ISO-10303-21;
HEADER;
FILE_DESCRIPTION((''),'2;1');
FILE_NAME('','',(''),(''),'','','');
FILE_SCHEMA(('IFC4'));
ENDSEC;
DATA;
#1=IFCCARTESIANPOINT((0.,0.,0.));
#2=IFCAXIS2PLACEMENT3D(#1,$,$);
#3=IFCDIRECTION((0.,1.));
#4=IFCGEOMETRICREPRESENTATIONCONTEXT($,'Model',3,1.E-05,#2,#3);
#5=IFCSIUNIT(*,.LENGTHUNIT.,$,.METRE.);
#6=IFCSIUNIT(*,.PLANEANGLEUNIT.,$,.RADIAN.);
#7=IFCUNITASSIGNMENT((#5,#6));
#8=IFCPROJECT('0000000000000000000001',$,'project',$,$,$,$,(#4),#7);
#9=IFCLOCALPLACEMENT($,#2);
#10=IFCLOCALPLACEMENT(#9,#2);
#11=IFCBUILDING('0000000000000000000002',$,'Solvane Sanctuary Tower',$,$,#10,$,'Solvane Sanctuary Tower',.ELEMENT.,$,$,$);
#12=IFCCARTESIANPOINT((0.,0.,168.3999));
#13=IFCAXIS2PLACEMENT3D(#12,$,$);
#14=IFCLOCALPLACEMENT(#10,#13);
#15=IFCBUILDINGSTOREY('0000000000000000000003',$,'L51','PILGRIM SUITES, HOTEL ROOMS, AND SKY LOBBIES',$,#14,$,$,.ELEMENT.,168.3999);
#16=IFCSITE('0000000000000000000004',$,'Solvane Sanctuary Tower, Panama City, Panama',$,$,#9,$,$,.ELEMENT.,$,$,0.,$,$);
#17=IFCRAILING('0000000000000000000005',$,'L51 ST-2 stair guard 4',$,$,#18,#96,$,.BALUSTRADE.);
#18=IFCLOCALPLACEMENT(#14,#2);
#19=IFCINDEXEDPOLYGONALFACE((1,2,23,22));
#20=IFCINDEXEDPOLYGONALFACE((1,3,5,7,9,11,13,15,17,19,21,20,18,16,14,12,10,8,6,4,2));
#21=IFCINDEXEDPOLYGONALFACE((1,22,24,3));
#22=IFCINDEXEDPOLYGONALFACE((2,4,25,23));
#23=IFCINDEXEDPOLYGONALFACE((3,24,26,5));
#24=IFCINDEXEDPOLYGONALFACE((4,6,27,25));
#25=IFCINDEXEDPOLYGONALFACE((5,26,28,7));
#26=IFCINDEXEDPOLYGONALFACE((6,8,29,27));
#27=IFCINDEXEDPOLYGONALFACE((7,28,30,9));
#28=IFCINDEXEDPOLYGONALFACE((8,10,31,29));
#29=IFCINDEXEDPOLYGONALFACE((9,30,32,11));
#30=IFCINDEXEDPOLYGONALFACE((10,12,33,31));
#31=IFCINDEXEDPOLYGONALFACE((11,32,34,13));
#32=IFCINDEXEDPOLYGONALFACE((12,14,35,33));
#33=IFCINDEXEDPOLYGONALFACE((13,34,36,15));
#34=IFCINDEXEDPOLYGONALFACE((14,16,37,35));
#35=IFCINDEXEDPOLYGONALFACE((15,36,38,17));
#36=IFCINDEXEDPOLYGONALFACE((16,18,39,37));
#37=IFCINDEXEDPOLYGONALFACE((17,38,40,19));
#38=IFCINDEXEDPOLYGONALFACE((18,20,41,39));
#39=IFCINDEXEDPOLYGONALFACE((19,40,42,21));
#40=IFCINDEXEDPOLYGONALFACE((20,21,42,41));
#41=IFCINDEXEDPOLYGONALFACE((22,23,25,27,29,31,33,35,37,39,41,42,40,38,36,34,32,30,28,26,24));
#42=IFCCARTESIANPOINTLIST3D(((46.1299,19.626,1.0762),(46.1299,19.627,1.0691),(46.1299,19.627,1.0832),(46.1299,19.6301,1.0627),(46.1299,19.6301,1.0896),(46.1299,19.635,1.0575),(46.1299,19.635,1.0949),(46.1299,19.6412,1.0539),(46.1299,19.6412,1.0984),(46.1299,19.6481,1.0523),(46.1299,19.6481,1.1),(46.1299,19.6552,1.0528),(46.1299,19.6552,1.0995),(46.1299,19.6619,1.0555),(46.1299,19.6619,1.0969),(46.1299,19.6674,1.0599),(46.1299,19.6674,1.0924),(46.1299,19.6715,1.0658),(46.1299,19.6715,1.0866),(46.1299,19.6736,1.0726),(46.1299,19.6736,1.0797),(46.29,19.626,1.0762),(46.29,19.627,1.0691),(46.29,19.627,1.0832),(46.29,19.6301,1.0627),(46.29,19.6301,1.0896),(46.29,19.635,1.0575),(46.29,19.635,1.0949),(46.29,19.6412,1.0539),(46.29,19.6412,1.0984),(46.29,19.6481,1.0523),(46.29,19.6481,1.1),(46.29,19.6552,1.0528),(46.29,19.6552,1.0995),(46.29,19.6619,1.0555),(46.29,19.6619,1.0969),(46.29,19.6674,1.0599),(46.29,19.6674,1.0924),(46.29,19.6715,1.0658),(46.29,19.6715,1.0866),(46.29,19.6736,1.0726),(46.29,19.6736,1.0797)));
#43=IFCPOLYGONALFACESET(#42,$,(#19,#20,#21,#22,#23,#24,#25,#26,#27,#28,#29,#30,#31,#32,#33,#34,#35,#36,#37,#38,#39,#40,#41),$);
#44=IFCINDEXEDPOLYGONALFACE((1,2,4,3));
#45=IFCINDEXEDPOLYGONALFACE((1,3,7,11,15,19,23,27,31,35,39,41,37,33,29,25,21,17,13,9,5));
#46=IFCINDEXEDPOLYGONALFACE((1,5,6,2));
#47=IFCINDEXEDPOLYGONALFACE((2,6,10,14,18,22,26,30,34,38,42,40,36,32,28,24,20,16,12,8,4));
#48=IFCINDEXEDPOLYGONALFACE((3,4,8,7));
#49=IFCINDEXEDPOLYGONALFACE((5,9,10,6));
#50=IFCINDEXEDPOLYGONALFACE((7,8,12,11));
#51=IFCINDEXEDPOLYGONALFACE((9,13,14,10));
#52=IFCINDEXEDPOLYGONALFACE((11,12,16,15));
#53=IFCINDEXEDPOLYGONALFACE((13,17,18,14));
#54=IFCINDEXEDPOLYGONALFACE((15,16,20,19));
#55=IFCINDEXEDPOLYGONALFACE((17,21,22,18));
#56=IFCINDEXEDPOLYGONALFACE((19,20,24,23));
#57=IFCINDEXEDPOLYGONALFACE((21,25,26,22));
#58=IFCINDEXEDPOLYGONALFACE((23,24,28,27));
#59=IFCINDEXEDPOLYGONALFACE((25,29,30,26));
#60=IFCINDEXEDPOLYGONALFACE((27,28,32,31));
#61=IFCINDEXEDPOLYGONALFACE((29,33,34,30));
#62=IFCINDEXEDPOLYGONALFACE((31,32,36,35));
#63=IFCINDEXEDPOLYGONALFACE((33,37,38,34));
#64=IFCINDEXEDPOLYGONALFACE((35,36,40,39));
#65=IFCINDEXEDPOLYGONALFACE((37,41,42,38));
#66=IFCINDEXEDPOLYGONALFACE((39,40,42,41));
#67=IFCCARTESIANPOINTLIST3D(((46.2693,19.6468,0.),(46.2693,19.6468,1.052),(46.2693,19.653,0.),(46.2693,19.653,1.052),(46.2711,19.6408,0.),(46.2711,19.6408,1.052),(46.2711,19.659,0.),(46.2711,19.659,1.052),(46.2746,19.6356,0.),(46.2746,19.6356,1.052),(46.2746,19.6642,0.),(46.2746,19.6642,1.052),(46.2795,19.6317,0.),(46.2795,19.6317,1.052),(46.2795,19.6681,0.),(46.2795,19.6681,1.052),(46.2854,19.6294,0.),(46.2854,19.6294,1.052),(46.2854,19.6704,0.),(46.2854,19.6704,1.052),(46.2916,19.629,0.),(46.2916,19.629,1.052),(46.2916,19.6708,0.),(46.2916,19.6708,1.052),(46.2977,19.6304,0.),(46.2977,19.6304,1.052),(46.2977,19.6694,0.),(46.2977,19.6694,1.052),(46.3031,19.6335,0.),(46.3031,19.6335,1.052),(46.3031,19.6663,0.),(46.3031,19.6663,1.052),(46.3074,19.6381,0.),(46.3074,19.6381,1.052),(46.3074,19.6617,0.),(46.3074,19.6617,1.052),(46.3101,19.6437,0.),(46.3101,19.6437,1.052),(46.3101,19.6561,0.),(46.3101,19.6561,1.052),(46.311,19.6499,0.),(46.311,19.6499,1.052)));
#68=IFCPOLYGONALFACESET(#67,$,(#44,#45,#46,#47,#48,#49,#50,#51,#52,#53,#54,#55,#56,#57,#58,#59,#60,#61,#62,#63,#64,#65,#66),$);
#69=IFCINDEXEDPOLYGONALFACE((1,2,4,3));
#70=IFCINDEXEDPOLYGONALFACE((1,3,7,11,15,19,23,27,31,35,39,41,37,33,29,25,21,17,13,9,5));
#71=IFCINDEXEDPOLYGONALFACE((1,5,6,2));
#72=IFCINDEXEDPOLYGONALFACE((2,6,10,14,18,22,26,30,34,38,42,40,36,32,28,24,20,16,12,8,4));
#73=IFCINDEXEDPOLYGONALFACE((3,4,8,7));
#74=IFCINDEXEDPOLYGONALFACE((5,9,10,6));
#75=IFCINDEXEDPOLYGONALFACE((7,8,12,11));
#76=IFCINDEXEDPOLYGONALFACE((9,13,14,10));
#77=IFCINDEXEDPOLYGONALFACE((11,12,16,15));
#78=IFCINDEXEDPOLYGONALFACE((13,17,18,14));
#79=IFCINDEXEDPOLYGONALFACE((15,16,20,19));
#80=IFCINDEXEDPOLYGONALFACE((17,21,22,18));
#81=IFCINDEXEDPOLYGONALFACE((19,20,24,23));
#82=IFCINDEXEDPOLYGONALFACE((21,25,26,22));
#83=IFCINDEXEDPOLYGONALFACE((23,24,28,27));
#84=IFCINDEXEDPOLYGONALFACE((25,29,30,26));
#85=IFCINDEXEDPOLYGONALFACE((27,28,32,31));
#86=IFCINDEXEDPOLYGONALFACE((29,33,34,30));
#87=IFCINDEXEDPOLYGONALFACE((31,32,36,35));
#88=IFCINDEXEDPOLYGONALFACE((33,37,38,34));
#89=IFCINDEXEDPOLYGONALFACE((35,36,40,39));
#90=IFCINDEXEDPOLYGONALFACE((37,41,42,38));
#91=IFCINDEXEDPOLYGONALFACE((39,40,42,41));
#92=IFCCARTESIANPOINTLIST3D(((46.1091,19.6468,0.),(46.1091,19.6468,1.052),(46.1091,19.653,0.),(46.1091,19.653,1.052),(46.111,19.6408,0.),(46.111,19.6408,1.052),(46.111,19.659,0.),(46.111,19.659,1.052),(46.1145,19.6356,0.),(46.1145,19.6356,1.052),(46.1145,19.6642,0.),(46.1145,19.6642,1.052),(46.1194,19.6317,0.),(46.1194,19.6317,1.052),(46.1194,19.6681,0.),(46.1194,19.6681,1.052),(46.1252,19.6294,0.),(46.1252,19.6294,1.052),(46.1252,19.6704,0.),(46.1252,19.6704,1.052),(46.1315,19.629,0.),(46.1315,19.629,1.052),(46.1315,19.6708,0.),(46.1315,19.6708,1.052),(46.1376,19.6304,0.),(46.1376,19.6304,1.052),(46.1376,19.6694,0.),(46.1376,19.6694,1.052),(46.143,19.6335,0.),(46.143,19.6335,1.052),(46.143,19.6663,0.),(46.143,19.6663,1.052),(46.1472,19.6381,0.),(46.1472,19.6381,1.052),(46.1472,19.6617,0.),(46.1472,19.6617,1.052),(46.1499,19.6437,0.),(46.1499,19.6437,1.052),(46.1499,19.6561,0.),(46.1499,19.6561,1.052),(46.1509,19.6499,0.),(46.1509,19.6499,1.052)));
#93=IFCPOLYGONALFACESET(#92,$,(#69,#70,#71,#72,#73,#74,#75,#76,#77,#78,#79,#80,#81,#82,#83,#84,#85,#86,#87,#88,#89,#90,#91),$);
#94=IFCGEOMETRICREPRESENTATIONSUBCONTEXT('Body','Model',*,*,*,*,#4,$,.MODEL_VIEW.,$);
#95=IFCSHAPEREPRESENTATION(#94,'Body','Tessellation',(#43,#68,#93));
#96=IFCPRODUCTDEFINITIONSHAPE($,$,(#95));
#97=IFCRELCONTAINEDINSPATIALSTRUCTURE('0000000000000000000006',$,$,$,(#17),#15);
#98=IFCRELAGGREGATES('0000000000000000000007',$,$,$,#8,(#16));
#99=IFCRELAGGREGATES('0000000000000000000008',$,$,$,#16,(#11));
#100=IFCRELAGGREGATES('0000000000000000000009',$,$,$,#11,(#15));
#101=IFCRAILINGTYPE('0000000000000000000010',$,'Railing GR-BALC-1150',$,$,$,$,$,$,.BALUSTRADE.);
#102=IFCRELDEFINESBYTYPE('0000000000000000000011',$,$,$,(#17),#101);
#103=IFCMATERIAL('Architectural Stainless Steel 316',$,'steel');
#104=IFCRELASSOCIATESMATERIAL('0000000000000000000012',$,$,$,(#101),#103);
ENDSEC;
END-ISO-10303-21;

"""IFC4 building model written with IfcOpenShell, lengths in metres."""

from ifc_helpers import new_model, si_unit, direction, frame, origin, origin_2d, place, context, subcontext, project, spatial, circle, extrude, material, type_object, element, save


model = new_model("IFC4")

# Units and contexts
model_context = context("Model", 3, precision=1e-05, world=origin(), true_north=direction((0.0, 1.0)))
body_context = subcontext(model_context, "Body", "Model", "MODEL_VIEW")
ifc_project = project(units=[si_unit("LENGTHUNIT", "METRE"), si_unit("PLANEANGLEUNIT", "RADIAN")], contexts=[model_context])

# Site, building, storey
site_placement = place(None, origin())
site = spatial("IfcSite", under=ifc_project, at=site_placement, Name="Solvane Sanctuary Tower, Panama City, Panama", CompositionType="ELEMENT", RefElevation=0.0)
building_placement = place(site_placement, origin())
building = spatial("IfcBuilding", under=site, at=building_placement, Name="Solvane Sanctuary Tower", LongName="Solvane Sanctuary Tower", CompositionType="ELEMENT")
storey_placement = place(building_placement, frame((0.0, 0.0, 168.3999)))
storey = spatial("IfcBuildingStorey", under=building, at=storey_placement, Name="L51", Description="PILGRIM SUITES, HOTEL ROOMS, AND SKY LOBBIES", CompositionType="ELEMENT", Elevation=168.3999)

# Shared definitions
ifc_material_1 = material(Name="Architectural Stainless Steel 316", Category="steel")

# Railing
railing_type_1 = type_object("IfcRailingType", Name="Railing GR-BALC-1150", PredefinedType="BALUSTRADE", material=ifc_material_1)
railing_1_placement = place(storey_placement, frame((46.29, 19.6499, 0.0)))
element("IfcRailing", 1, at=railing_1_placement, inside=storey, type_object=railing_type_1, Name="L51 ST-2 stair guard 4", PredefinedType="BALUSTRADE", context=body_context, shape_type="SweptSolid", body=[
    extrude(circle(Radius=0.0239, at=origin_2d()), frame((0.0, 0.0, 1.0762), z_axis=(-1.0, 0.0, 0.0), x_axis=(0.0, -1.0, 0.0)), (0.0, 0.0, 1.0), 0.1602),
    extrude(circle(Radius=0.021, at=origin_2d()), origin(), (0.0, 0.0, 1.0), 1.052),
    extrude(circle(Radius=0.021, at=origin_2d()), frame((-0.1602, 0.0, 0.0)), (0.0, 0.0, 1.0), 1.052),
])

save(model, "model.ifc")
